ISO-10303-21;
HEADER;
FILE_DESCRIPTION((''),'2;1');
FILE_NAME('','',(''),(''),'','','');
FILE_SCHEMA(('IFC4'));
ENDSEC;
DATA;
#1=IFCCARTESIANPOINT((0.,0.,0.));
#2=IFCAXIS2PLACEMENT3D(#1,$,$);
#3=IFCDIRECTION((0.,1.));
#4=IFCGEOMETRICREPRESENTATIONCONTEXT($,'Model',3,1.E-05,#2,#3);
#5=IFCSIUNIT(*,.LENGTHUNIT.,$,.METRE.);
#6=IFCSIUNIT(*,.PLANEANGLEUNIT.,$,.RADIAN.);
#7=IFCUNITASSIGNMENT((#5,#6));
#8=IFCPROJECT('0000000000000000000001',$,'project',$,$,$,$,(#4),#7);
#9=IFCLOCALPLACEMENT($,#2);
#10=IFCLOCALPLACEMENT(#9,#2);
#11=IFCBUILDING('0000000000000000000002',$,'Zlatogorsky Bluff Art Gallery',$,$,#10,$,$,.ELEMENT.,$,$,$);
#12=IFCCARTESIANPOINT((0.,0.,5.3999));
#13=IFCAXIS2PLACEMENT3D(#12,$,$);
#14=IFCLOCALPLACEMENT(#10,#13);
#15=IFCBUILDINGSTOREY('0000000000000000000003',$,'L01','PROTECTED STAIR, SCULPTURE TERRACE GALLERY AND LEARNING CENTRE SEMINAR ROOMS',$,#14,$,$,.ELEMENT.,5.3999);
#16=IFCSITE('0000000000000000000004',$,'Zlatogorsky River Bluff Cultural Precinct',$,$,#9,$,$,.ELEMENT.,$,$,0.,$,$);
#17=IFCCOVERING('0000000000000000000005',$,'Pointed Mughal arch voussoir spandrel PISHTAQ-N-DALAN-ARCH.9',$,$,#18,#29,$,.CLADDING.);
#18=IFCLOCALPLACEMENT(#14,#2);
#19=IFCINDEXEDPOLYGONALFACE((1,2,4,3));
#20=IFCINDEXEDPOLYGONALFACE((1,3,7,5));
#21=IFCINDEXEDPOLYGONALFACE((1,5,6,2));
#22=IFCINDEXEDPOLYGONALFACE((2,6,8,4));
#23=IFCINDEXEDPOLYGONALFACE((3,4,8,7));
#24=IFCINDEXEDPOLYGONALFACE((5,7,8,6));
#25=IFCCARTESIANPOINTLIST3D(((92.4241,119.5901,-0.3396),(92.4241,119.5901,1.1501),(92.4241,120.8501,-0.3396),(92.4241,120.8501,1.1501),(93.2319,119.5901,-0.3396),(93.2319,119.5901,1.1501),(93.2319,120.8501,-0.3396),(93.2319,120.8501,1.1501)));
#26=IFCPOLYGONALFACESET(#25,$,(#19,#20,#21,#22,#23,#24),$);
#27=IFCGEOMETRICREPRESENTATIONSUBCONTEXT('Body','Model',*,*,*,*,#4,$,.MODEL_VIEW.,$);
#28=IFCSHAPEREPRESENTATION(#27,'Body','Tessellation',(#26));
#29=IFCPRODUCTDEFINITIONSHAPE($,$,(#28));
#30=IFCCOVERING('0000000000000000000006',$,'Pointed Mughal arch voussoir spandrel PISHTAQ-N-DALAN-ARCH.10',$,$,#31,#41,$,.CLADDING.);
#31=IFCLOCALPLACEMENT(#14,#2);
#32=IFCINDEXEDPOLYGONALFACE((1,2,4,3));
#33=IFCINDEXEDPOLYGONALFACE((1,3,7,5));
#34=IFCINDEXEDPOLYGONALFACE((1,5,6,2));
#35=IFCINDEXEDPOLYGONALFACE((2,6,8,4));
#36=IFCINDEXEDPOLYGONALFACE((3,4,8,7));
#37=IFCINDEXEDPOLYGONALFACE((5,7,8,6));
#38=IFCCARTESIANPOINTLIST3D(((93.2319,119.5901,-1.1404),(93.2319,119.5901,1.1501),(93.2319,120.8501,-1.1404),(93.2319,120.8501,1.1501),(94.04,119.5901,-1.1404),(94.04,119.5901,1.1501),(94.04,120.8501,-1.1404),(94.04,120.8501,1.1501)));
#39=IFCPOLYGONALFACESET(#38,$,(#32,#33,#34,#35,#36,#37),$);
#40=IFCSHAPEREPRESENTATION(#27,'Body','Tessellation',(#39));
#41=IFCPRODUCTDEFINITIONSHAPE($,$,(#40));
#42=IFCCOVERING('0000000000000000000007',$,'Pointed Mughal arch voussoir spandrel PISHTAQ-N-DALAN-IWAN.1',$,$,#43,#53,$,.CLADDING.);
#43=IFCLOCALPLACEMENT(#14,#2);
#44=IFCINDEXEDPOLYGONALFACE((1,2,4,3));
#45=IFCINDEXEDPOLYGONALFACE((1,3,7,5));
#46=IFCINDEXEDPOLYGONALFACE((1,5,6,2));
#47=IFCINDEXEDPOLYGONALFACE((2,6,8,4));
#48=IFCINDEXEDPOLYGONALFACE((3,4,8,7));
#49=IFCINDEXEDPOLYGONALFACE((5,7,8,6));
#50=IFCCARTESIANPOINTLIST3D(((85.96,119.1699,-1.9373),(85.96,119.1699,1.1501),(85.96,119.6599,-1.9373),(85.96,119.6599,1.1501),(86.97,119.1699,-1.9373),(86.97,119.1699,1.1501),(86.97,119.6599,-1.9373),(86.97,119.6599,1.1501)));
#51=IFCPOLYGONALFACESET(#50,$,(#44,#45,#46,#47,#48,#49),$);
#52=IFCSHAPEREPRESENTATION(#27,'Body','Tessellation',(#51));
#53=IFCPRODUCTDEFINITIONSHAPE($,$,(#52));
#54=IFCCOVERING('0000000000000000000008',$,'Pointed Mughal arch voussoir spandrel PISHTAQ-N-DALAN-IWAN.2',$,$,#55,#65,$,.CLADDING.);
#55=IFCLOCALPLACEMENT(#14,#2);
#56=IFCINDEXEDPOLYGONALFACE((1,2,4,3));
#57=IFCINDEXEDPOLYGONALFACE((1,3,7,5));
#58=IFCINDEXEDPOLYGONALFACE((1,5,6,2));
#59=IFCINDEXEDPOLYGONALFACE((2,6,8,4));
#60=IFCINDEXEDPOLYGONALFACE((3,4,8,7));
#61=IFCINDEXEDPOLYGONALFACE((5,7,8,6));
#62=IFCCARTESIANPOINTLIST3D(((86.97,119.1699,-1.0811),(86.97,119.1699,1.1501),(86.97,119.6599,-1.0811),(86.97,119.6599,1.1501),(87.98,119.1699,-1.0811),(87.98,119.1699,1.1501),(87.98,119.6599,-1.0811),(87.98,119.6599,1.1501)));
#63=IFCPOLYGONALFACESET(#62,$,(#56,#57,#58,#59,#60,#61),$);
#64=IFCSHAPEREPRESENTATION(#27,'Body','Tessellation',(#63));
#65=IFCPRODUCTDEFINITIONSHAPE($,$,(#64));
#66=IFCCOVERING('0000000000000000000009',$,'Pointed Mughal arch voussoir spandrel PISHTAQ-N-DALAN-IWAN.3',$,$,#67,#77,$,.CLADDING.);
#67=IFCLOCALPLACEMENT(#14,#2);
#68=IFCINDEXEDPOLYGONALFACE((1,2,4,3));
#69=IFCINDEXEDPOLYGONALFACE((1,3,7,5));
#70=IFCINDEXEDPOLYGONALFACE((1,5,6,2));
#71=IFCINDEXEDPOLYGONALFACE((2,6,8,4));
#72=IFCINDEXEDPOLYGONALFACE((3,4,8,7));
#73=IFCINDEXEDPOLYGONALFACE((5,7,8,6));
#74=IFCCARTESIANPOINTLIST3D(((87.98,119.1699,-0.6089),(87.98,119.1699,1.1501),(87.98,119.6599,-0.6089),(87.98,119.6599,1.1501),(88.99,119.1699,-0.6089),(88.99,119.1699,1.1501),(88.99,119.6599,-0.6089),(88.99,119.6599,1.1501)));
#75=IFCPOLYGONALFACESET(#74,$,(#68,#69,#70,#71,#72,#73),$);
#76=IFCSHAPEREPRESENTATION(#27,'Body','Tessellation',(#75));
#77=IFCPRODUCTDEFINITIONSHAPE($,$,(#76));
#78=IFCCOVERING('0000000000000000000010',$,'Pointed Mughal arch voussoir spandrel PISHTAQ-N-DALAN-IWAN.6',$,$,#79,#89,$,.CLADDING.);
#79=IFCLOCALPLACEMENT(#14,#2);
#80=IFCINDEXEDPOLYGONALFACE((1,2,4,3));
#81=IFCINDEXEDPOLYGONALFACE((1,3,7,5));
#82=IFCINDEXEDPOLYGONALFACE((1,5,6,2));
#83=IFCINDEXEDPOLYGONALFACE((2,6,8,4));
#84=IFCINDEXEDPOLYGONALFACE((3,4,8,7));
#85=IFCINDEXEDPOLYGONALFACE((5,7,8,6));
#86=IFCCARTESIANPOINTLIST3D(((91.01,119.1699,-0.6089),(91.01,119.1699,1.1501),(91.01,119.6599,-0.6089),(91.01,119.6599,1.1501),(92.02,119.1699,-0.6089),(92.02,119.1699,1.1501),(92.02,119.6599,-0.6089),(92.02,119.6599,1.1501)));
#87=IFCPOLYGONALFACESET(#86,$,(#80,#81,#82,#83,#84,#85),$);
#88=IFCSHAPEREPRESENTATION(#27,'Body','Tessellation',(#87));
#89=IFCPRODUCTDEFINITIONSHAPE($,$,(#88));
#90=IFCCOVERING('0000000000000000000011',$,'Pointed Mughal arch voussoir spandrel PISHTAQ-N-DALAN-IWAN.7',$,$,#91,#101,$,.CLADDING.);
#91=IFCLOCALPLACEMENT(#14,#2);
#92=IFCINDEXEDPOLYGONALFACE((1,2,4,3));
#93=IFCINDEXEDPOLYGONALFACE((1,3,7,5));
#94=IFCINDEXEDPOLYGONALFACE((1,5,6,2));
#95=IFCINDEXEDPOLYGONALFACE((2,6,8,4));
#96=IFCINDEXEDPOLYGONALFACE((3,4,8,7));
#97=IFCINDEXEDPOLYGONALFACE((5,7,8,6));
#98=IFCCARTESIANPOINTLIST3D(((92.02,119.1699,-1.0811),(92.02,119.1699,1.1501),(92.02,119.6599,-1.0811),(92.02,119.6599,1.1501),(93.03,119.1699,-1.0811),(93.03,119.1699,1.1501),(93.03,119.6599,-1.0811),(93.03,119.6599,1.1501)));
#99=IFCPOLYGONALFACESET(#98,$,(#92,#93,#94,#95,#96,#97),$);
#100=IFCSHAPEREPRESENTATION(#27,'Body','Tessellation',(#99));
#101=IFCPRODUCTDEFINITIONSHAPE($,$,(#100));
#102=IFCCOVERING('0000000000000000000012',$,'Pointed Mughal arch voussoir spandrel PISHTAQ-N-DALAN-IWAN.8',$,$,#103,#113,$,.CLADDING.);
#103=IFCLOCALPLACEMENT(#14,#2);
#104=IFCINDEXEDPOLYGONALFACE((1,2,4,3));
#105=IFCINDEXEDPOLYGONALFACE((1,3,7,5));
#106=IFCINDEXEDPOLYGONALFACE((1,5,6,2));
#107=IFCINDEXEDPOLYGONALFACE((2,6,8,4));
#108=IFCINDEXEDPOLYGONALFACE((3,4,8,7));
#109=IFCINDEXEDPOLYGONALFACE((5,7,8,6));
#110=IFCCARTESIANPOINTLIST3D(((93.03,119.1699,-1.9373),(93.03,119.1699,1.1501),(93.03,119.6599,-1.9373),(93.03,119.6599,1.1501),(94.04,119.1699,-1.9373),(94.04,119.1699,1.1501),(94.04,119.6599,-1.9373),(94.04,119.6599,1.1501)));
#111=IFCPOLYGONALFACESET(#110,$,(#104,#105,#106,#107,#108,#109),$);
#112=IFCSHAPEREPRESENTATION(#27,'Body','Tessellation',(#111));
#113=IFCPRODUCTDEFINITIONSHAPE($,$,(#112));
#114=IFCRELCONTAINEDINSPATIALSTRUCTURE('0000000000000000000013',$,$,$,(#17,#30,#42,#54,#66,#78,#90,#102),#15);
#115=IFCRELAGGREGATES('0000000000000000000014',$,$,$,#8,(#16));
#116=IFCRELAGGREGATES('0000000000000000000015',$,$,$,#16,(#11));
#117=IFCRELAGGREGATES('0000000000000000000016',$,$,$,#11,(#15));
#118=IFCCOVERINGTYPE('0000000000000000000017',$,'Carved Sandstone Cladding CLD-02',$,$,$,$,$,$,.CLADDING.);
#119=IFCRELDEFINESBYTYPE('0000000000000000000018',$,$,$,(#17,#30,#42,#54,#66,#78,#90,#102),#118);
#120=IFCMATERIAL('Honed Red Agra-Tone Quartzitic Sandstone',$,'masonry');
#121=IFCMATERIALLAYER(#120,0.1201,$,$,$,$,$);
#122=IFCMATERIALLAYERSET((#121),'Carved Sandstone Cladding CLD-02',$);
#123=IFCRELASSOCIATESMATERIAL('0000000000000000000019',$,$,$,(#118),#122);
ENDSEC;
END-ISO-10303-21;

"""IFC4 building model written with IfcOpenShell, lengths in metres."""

from ifc_helpers import new_model, si_unit, direction, frame, origin, place, context, subcontext, project, spatial, polyline, outline, extrude, material, layer, layer_set, type_object, element, save


model = new_model("IFC4")

# Units and contexts
model_context = context("Model", 3, precision=1e-05, world=origin(), true_north=direction((0.0, 1.0)))
body_context = subcontext(model_context, "Body", "Model", "MODEL_VIEW")
ifc_project = project(units=[si_unit("LENGTHUNIT", "METRE"), si_unit("PLANEANGLEUNIT", "RADIAN")], contexts=[model_context])

# Site, building, storey
site_placement = place(None, origin())
site = spatial("IfcSite", under=ifc_project, at=site_placement, Name="Zlatogorsky River Bluff Cultural Precinct", CompositionType="ELEMENT", RefElevation=0.0)
building_placement = place(site_placement, origin())
building = spatial("IfcBuilding", under=site, at=building_placement, Name="Zlatogorsky Bluff Art Gallery", CompositionType="ELEMENT")
storey_placement = place(building_placement, frame((0.0, 0.0, 5.3999)))
storey = spatial("IfcBuildingStorey", under=building, at=storey_placement, Name="L01", Description="PROTECTED STAIR, SCULPTURE TERRACE GALLERY AND LEARNING CENTRE SEMINAR ROOMS", CompositionType="ELEMENT", Elevation=5.3999)

# Coverings
ifc_material_1 = material(Name="Honed Red Agra-Tone Quartzitic Sandstone", Category="masonry")
ifc_layer_1 = layer(ifc_material_1, 0.1201)
ifc_layer_set_1 = layer_set([ifc_layer_1], Name="Carved Sandstone Cladding CLD-02")
covering_type = type_object("IfcCoveringType", Name="Carved Sandstone Cladding CLD-02", PredefinedType="CLADDING", material=ifc_layer_set_1)
covering_1_placement = place(storey_placement, frame((0.0, 0.0, -0.3396)))
element("IfcCovering", 1, at=covering_1_placement, inside=storey, type_object=covering_type, Name="Pointed Mughal arch voussoir spandrel PISHTAQ-N-DALAN-ARCH.9", PredefinedType="CLADDING", context=body_context, shape_type="SweptSolid", body=[
    extrude(outline(polyline([(92.4241, 119.5901), (93.2319, 119.5901), (93.2319, 120.8501), (92.4241, 120.8501), (92.4241, 119.5901)])), origin(), (0.0, 0.0, 1.0), 1.4897),
])
covering_2_placement = place(storey_placement, frame((0.0, 0.0, -1.1404)))
element("IfcCovering", 2, at=covering_2_placement, inside=storey, type_object=covering_type, Name="Pointed Mughal arch voussoir spandrel PISHTAQ-N-DALAN-ARCH.10", PredefinedType="CLADDING", context=body_context, shape_type="SweptSolid", body=[
    extrude(outline(polyline([(93.2319, 119.5901), (94.04, 119.5901), (94.04, 120.8501), (93.2319, 120.8501), (93.2319, 119.5901)])), origin(), (0.0, 0.0, 1.0), 2.2905),
])
covering_3_placement = place(storey_placement, frame((0.0, 0.0, -1.9373)))
element("IfcCovering", 3, at=covering_3_placement, inside=storey, type_object=covering_type, Name="Pointed Mughal arch voussoir spandrel PISHTAQ-N-DALAN-IWAN.1", PredefinedType="CLADDING", context=body_context, shape_type="SweptSolid", body=[
    extrude(outline(polyline([(85.96, 119.1699), (86.97, 119.1699), (86.97, 119.6599), (85.96, 119.6599), (85.96, 119.1699)])), origin(), (0.0, 0.0, 1.0), 3.0874),
])
covering_4_placement = place(storey_placement, frame((0.0, 0.0, -1.0811)))
element("IfcCovering", 4, at=covering_4_placement, inside=storey, type_object=covering_type, Name="Pointed Mughal arch voussoir spandrel PISHTAQ-N-DALAN-IWAN.2", PredefinedType="CLADDING", context=body_context, shape_type="SweptSolid", body=[
    extrude(outline(polyline([(86.97, 119.1699), (87.98, 119.1699), (87.98, 119.6599), (86.97, 119.6599), (86.97, 119.1699)])), origin(), (0.0, 0.0, 1.0), 2.2312),
])
covering_5_placement = place(storey_placement, frame((0.0, 0.0, -0.6089)))
element("IfcCovering", 5, at=covering_5_placement, inside=storey, type_object=covering_type, Name="Pointed Mughal arch voussoir spandrel PISHTAQ-N-DALAN-IWAN.3", PredefinedType="CLADDING", context=body_context, shape_type="SweptSolid", body=[
    extrude(outline(polyline([(87.98, 119.1699), (88.99, 119.1699), (88.99, 119.6599), (87.98, 119.6599), (87.98, 119.1699)])), origin(), (0.0, 0.0, 1.0), 1.759),
])
covering_6_placement = place(storey_placement, frame((0.0, 0.0, -0.6089)))
element("IfcCovering", 6, at=covering_6_placement, inside=storey, type_object=covering_type, Name="Pointed Mughal arch voussoir spandrel PISHTAQ-N-DALAN-IWAN.6", PredefinedType="CLADDING", context=body_context, shape_type="SweptSolid", body=[
    extrude(outline(polyline([(91.01, 119.1699), (92.02, 119.1699), (92.02, 119.6599), (91.01, 119.6599), (91.01, 119.1699)])), origin(), (0.0, 0.0, 1.0), 1.759),
])
covering_7_placement = place(storey_placement, frame((0.0, 0.0, -1.0811)))
element("IfcCovering", 7, at=covering_7_placement, inside=storey, type_object=covering_type, Name="Pointed Mughal arch voussoir spandrel PISHTAQ-N-DALAN-IWAN.7", PredefinedType="CLADDING", context=body_context, shape_type="SweptSolid", body=[
    extrude(outline(polyline([(92.02, 119.1699), (93.03, 119.1699), (93.03, 119.6599), (92.02, 119.6599), (92.02, 119.1699)])), origin(), (0.0, 0.0, 1.0), 2.2312),
])
covering_8_placement = place(storey_placement, frame((0.0, 0.0, -1.9373)))
element("IfcCovering", 8, at=covering_8_placement, inside=storey, type_object=covering_type, Name="Pointed Mughal arch voussoir spandrel PISHTAQ-N-DALAN-IWAN.8", PredefinedType="CLADDING", context=body_context, shape_type="SweptSolid", body=[
    extrude(outline(polyline([(93.03, 119.1699), (94.04, 119.1699), (94.04, 119.6599), (93.03, 119.6599), (93.03, 119.1699)])), origin(), (0.0, 0.0, 1.0), 3.0874),
])

save(model, "model.ifc")
